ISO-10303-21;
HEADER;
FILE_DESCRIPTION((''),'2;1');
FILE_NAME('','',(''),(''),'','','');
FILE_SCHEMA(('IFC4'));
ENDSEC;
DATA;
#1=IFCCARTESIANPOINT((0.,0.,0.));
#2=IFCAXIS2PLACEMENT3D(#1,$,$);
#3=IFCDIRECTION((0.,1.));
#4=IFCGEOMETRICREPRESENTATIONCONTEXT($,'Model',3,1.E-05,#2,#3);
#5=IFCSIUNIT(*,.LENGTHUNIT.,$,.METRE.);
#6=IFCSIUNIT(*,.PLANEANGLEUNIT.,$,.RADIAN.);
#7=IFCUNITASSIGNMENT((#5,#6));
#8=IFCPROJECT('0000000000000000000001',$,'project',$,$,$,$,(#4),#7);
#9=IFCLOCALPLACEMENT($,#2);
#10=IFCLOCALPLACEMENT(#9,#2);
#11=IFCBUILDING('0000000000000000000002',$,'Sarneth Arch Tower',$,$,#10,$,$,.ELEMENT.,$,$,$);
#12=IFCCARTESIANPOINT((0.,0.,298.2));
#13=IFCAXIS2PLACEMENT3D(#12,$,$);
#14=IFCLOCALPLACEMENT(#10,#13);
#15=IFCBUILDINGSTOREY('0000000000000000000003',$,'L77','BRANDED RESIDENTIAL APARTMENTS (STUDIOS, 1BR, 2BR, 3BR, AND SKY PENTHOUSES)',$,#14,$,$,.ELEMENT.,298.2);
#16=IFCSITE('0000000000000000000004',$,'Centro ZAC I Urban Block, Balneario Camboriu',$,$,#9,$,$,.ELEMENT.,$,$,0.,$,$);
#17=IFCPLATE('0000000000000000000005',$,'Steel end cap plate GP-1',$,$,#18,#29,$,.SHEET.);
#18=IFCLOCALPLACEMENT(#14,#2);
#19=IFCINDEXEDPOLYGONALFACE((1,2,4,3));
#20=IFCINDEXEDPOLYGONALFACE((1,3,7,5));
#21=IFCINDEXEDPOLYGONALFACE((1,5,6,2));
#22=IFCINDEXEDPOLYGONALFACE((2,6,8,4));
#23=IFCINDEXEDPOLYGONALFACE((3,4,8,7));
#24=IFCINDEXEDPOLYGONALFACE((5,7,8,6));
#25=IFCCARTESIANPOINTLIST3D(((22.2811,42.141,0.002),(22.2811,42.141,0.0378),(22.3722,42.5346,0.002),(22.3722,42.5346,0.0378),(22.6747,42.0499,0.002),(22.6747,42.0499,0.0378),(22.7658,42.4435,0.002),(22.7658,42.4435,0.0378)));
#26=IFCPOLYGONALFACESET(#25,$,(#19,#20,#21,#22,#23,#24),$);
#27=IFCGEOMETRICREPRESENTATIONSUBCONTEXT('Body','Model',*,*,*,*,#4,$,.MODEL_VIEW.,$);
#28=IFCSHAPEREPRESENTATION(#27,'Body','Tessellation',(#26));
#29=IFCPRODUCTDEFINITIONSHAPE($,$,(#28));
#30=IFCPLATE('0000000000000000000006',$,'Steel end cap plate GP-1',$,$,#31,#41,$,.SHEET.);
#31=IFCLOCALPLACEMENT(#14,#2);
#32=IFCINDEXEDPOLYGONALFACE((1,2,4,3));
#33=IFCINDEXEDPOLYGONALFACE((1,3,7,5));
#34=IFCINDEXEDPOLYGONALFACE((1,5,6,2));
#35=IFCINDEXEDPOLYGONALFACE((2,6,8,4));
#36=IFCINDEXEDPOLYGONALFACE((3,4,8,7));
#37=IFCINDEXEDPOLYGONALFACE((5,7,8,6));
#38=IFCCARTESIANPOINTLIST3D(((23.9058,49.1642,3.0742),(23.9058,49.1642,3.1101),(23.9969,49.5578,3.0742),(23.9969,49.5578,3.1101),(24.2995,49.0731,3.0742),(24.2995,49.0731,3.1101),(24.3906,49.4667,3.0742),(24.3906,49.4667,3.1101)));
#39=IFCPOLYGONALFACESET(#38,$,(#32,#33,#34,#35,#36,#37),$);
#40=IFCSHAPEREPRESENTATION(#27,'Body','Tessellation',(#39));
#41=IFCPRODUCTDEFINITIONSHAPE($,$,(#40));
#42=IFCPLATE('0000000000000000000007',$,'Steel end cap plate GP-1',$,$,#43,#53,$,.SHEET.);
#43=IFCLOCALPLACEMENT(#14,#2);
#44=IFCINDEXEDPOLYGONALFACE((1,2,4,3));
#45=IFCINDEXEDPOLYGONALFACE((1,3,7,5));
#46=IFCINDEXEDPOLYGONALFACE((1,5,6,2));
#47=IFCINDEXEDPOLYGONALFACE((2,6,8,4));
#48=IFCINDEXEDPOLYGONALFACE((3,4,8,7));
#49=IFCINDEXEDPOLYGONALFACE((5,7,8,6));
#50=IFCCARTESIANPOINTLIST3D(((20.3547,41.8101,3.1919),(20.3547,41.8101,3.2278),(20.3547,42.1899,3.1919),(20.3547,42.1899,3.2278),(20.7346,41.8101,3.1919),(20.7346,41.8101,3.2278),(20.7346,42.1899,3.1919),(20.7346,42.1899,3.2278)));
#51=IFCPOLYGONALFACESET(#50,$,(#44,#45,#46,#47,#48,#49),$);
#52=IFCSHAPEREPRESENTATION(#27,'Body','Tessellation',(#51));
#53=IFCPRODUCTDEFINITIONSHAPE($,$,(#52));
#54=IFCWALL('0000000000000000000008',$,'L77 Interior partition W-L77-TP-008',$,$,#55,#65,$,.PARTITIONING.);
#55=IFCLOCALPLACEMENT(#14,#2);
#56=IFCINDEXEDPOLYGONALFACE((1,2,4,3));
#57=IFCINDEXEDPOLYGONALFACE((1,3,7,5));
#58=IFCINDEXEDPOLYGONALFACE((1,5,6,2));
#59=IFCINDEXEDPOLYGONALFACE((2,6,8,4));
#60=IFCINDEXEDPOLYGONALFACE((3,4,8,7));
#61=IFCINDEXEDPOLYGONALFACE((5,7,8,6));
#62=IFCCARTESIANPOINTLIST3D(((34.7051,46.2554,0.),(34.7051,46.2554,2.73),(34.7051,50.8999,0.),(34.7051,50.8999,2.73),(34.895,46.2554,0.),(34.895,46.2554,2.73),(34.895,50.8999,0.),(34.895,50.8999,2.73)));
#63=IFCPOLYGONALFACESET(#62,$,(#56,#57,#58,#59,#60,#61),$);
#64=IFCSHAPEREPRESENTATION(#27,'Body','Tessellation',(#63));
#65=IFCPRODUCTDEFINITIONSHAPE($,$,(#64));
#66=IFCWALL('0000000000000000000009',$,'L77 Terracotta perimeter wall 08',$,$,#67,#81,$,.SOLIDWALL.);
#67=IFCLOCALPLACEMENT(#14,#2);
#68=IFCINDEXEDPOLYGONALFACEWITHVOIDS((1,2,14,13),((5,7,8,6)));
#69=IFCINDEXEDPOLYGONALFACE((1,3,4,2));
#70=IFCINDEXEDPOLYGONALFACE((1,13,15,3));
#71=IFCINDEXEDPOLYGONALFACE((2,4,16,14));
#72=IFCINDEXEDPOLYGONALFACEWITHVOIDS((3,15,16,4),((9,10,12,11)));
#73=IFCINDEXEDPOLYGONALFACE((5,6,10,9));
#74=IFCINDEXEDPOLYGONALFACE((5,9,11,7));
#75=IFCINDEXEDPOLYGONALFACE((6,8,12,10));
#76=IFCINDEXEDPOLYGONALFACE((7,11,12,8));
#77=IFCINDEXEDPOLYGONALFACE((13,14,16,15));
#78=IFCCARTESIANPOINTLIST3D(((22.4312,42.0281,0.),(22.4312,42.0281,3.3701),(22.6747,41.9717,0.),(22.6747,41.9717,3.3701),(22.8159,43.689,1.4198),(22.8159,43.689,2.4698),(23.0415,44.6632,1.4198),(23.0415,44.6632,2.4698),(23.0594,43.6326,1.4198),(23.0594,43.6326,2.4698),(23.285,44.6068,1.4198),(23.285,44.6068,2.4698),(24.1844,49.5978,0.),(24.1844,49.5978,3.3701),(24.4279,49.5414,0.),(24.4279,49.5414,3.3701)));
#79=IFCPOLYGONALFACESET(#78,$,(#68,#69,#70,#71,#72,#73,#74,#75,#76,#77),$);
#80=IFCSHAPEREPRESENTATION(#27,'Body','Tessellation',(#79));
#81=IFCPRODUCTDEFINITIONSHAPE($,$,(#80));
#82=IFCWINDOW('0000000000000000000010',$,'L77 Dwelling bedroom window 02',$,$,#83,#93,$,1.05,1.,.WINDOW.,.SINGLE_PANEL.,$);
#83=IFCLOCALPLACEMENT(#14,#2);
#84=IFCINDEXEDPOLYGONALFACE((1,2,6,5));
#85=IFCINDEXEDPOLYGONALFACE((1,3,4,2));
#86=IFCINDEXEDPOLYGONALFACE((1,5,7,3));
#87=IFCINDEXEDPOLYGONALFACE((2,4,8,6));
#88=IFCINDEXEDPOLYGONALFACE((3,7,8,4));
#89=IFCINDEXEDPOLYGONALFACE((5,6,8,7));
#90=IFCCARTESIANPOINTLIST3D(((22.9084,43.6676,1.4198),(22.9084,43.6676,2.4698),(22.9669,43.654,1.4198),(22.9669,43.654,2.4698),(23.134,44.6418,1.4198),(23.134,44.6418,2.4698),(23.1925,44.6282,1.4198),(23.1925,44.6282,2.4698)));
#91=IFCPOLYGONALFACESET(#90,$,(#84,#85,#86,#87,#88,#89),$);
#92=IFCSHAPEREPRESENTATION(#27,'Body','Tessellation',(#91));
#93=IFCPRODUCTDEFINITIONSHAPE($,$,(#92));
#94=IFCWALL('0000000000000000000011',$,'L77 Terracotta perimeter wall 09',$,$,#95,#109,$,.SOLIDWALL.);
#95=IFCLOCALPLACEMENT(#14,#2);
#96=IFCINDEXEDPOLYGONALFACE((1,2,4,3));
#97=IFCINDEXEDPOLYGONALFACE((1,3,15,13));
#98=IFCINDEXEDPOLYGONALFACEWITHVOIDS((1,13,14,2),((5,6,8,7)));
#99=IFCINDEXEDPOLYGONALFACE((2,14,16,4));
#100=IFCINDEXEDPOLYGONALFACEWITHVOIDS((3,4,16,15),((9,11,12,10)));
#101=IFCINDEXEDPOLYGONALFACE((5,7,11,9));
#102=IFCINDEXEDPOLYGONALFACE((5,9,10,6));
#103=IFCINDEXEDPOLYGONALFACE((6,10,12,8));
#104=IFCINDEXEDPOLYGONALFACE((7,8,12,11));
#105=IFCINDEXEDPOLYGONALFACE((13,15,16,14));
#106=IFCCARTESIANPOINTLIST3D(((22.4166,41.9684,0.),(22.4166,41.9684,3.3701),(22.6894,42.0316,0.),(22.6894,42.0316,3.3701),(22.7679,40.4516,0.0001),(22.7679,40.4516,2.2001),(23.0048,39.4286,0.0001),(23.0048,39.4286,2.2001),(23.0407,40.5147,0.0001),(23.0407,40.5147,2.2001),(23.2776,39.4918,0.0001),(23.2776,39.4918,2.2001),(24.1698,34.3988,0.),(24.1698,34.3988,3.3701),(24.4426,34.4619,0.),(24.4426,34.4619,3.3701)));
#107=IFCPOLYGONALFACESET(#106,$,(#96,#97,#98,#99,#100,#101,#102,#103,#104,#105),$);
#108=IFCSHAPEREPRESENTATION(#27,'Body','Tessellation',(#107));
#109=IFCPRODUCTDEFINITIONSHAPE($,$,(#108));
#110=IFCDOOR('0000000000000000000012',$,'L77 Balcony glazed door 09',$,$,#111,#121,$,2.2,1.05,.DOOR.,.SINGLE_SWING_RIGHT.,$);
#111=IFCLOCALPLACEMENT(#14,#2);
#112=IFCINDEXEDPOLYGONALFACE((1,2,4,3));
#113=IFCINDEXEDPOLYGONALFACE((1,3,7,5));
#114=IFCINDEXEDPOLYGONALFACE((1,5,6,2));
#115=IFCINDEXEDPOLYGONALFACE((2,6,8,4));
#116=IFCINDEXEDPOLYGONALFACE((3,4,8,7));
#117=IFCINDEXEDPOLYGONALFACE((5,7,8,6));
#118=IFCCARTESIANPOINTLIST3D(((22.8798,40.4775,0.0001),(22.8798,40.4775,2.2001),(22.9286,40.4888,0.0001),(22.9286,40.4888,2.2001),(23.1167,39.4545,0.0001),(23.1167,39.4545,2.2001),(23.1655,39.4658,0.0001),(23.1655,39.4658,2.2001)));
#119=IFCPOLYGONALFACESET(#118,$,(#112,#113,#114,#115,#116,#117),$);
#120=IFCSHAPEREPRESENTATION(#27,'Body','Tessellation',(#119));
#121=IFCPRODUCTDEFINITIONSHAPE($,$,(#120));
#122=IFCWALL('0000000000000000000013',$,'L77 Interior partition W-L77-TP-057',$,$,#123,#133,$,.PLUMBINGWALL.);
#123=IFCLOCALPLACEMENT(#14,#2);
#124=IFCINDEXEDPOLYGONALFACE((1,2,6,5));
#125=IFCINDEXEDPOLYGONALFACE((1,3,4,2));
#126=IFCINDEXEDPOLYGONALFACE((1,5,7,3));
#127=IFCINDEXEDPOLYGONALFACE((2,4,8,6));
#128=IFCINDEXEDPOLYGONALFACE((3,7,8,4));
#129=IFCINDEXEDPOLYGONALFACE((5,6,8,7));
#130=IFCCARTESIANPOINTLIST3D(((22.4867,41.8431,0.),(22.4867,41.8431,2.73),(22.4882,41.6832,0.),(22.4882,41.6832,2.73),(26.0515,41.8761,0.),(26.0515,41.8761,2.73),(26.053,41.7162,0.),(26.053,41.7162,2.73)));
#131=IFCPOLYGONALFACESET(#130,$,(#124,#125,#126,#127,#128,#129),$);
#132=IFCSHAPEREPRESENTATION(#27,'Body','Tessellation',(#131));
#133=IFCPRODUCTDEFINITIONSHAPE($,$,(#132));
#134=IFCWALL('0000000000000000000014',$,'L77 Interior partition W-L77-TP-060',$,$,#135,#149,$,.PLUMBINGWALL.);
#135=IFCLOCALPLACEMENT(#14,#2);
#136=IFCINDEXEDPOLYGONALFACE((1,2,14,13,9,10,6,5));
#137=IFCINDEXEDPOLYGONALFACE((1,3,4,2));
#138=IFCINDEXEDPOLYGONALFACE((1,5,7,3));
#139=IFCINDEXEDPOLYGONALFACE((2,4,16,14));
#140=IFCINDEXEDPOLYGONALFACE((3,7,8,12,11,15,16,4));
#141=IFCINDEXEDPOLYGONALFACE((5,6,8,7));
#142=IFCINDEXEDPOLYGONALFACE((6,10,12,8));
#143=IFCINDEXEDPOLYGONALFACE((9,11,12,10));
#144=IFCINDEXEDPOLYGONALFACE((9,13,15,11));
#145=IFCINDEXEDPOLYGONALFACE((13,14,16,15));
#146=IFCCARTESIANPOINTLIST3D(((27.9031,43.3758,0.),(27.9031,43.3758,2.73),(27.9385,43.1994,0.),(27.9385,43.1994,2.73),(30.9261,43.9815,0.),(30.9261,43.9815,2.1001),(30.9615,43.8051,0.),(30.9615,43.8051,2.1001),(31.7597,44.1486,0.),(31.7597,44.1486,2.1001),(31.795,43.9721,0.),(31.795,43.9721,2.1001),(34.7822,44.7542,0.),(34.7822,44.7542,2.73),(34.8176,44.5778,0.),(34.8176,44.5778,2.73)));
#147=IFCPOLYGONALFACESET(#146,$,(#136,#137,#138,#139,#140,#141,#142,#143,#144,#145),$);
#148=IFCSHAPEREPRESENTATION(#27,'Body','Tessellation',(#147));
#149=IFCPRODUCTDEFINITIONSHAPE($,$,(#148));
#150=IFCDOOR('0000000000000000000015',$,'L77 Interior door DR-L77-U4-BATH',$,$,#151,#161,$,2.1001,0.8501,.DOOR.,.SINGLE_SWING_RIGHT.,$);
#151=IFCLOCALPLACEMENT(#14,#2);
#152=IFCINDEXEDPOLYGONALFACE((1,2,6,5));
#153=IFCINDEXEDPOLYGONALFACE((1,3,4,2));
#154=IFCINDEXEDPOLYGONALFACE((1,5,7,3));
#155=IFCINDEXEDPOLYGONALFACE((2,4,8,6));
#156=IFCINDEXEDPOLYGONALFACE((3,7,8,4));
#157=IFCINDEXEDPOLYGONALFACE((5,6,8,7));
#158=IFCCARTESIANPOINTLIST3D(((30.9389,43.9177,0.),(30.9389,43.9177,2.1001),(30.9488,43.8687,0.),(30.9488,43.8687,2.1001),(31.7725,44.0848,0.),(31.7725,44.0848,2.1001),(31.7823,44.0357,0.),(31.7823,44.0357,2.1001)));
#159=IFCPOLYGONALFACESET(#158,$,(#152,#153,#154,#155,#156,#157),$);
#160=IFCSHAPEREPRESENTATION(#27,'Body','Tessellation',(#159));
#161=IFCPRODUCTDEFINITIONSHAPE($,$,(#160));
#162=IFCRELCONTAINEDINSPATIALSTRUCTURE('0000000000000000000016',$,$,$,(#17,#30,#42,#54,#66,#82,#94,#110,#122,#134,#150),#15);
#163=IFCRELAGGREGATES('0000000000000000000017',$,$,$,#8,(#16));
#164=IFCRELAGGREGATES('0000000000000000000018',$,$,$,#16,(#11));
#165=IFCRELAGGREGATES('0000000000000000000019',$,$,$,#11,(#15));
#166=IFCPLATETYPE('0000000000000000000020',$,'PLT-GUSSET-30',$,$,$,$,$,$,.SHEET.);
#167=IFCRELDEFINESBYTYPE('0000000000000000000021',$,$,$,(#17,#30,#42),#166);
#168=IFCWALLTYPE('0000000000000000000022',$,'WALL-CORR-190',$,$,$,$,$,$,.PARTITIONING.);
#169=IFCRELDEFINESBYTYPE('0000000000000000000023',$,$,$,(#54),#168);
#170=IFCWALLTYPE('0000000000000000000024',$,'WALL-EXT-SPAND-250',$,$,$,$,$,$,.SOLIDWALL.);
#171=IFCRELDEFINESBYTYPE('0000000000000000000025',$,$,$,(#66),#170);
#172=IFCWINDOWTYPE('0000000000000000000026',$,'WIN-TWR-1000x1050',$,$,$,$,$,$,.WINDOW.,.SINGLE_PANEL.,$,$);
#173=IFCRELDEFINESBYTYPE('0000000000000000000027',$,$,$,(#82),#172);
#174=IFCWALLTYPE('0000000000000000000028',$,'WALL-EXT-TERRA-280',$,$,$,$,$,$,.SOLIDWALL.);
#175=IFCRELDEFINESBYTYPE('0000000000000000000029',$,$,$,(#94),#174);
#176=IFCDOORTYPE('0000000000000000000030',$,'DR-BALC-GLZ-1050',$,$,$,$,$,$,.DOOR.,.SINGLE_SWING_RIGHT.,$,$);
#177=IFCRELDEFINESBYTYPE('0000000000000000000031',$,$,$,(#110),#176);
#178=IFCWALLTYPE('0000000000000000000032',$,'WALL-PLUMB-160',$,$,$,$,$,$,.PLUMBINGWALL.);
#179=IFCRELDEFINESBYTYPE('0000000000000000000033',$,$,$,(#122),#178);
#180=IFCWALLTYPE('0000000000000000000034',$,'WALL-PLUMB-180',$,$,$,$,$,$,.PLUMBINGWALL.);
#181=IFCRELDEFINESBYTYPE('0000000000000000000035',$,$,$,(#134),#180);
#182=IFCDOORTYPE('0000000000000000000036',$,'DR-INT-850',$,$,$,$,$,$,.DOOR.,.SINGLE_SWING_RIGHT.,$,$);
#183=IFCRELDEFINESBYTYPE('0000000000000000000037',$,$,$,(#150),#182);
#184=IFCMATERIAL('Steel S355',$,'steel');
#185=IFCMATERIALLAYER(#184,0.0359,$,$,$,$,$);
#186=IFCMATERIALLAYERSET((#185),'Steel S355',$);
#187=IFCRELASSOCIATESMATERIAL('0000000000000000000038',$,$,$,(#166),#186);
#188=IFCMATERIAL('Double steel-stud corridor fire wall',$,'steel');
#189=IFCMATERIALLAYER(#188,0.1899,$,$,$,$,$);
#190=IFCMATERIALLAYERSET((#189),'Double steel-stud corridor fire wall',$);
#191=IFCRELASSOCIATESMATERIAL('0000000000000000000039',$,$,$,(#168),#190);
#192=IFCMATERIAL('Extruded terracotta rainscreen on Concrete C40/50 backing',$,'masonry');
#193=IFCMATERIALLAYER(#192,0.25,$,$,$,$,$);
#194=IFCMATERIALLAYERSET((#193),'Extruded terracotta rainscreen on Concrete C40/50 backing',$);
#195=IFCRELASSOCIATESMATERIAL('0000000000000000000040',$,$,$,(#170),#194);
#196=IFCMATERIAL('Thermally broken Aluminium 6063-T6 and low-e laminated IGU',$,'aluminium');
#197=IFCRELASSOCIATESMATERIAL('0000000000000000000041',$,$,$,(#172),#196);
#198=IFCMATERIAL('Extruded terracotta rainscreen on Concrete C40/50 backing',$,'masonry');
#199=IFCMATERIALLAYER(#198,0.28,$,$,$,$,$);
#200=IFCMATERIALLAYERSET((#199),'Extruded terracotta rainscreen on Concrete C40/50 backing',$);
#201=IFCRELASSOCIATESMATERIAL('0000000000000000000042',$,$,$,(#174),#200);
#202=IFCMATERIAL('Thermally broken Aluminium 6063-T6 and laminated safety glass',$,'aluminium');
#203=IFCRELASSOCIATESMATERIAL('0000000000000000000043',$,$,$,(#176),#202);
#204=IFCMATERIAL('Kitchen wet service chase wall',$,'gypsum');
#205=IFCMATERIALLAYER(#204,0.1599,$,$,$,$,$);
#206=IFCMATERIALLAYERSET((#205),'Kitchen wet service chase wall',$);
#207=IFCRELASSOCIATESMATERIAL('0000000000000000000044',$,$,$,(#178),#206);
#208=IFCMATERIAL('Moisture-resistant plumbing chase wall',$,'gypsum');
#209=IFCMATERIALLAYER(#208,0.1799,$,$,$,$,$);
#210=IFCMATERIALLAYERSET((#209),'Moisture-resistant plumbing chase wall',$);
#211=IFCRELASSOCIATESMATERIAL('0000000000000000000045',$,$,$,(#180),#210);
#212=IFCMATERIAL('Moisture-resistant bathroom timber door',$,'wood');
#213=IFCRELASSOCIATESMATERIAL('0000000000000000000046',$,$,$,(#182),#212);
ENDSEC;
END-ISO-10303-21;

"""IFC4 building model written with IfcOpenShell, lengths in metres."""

from ifc_helpers import new_model, si_unit, direction, frame, frame_2d, origin, origin_2d, place, context, subcontext, project, spatial, rectangle, extrude, material, layer, layer_set, type_object, element, fill, save


model = new_model("IFC4")

# Units and contexts
model_context = context("Model", 3, precision=1e-05, world=origin(), true_north=direction((0.0, 1.0)))
body_context = subcontext(model_context, "Body", "Model", "MODEL_VIEW")
ifc_project = project(units=[si_unit("LENGTHUNIT", "METRE"), si_unit("PLANEANGLEUNIT", "RADIAN")], contexts=[model_context])

# Site, building, storey
site_placement = place(None, origin())
site = spatial("IfcSite", under=ifc_project, at=site_placement, Name="Centro ZAC I Urban Block, Balneario Camboriu", CompositionType="ELEMENT", RefElevation=0.0)
building_placement = place(site_placement, origin())
building = spatial("IfcBuilding", under=site, at=building_placement, Name="Sarneth Arch Tower", CompositionType="ELEMENT")
storey_placement = place(building_placement, frame((0.0, 0.0, 298.2)))
storey = spatial("IfcBuildingStorey", under=building, at=storey_placement, Name="L77", Description="BRANDED RESIDENTIAL APARTMENTS (STUDIOS, 1BR, 2BR, 3BR, AND SKY PENTHOUSES)", CompositionType="ELEMENT", Elevation=298.2)

# Plates
ifc_material_1 = material(Name="Steel S355", Category="steel")
ifc_layer_1 = layer(ifc_material_1, 0.0359)
ifc_layer_set_1 = layer_set([ifc_layer_1], Name="Steel S355")
plate_type = type_object("IfcPlateType", Name="PLT-GUSSET-30", PredefinedType="SHEET", material=ifc_layer_set_1)
for number, where, z_axis, x_axis, name in (
    (1, (22.5234, 42.2922, 0.002), (0.0, 0.0, 1.0), (-0.225461, -0.974252, 0.0), "Steel end cap plate GP-1"),
    (2, (24.1482, 49.3154, 3.0742), (0.0, 0.0, 1.0), (-0.225461, -0.974252, 0.0), "Steel end cap plate GP-1"),
):
    element("IfcPlate", number, at=place(storey_placement, frame(where, z_axis=z_axis, x_axis=x_axis)), inside=storey, type_object=plate_type, Name=name, PredefinedType="SHEET", context=body_context, shape_type="SweptSolid", body=[
        extrude(rectangle(XDim=0.4041, YDim=0.4041, at=origin_2d()), origin(), (0.0, 0.0, 1.0), 0.0359),
    ])
plate_placement = place(storey_placement, frame((20.5447, 42.0, 3.1919), z_axis=(0.0, 0.0, 1.0), x_axis=(-1.0, 0.0, 0.0)))
element("IfcPlate", 3, at=plate_placement, inside=storey, type_object=plate_type, Name="Steel end cap plate GP-1", PredefinedType="SHEET", context=body_context, shape_type="SweptSolid", body=[
    extrude(rectangle(XDim=0.3799, YDim=0.3799, at=origin_2d()), origin(), (0.0, 0.0, 1.0), 0.0359),
])

# Wall
ifc_material_2 = material(Name="Double steel-stud corridor fire wall", Category="steel")
ifc_layer_2 = layer(ifc_material_2, 0.1899)
ifc_layer_set_2 = layer_set([ifc_layer_2], Name="Double steel-stud corridor fire wall")
wall_type_1 = type_object("IfcWallType", Name="WALL-CORR-190", PredefinedType="PARTITIONING", material=ifc_layer_set_2)
wall_1_placement = place(storey_placement, frame((34.8, 46.2554, 0.0), z_axis=(0.0, 0.0, 1.0), x_axis=(0.0, 1.0, 0.0)))
element("IfcWall", 4, at=wall_1_placement, inside=storey, type_object=wall_type_1, Name="L77 Interior partition W-L77-TP-008", PredefinedType="PARTITIONING", context=body_context, shape_type="SweptSolid", body=[
    extrude(rectangle(XDim=4.6445, YDim=0.1899, at=frame_2d((2.3223, 0.0))), origin(), (0.0, 0.0, 1.0), 2.73),
])

# Wall, opening, window
ifc_material_3 = material(Name="Extruded terracotta rainscreen on Concrete C40/50 backing", Category="masonry")
ifc_layer_3 = layer(ifc_material_3, 0.25)
ifc_layer_set_3 = layer_set([ifc_layer_3], Name="Extruded terracotta rainscreen on Concrete C40/50 backing")
wall_type_2 = type_object("IfcWallType", Name="WALL-EXT-SPAND-250", PredefinedType="SOLIDWALL", material=ifc_layer_set_3)
wall_2_placement = place(storey_placement, frame((24.3062, 49.5696, 0.0), z_axis=(0.0, 0.0, 1.0), x_axis=(-0.225635, -0.974212, 0.0)))
wall_2 = element("IfcWall", 5, at=wall_2_placement, inside=storey, type_object=wall_type_2, Name="L77 Terracotta perimeter wall 08", PredefinedType="SOLIDWALL", context=body_context, shape_type="SweptSolid", body=[
    extrude(rectangle(XDim=7.77, YDim=0.25, at=frame_2d((3.885, 0.0))), origin(), (0.0, 0.0, 1.0), 3.3701),
])
opening_1_placement = place(wall_2_placement, frame((5.0652, 0.0, 1.4199)))
opening_1 = element("IfcOpeningElement", 6, at=opening_1_placement, cuts=wall_2, PredefinedType="OPENING", context=body_context, shape_type="SweptSolid", body=[
    extrude(rectangle(XDim=1.0, YDim=1.05, at=frame_2d((0.5, 0.5249))), frame((0.0, 0.135, 0.0), z_axis=(0.0, -1.0, 0.0), x_axis=(1.0, 0.0, 0.0)), (0.0, 0.0, 1.0), 0.27),
])
ifc_material_4 = material(Name="Thermally broken Aluminium 6063-T6 and low-e laminated IGU", Category="aluminium")
window_type = type_object("IfcWindowType", Name="WIN-TWR-1000x1050", PartitioningType="SINGLE_PANEL", PredefinedType="WINDOW", material=ifc_material_4)
window_placement = place(opening_1_placement, origin())
window = element("IfcWindow", 7, at=window_placement, inside=storey, type_object=window_type, Name="L77 Dwelling bedroom window 02", OverallHeight=1.05, OverallWidth=1.0, PartitioningType="SINGLE_PANEL", PredefinedType="WINDOW", context=body_context, shape_type="SweptSolid", body=[
    extrude(rectangle(XDim=1.0, YDim=1.05, at=frame_2d((0.5, 0.5249))), frame((0.0, 0.03, 0.0), z_axis=(0.0, -1.0, 0.0), x_axis=(1.0, 0.0, 0.0)), (0.0, 0.0, 1.0), 0.0601),
])
fill(opening_1, window)

# Wall, opening, door
ifc_material_5 = material(Name="Extruded terracotta rainscreen on Concrete C40/50 backing", Category="masonry")
ifc_layer_4 = layer(ifc_material_5, 0.28)
ifc_layer_set_4 = layer_set([ifc_layer_4], Name="Extruded terracotta rainscreen on Concrete C40/50 backing")
wall_type_3 = type_object("IfcWallType", Name="WALL-EXT-TERRA-280", PredefinedType="SOLIDWALL", material=ifc_layer_set_4)
wall_3_placement = place(storey_placement, frame((22.553, 42.0, 0.0), z_axis=(0.0, 0.0, 1.0), x_axis=(0.225635, -0.974212, 0.0)))
wall_3 = element("IfcWall", 8, at=wall_3_placement, inside=storey, type_object=wall_type_3, Name="L77 Terracotta perimeter wall 09", PredefinedType="SOLIDWALL", context=body_context, shape_type="SweptSolid", body=[
    extrude(rectangle(XDim=7.77, YDim=0.28, at=frame_2d((3.885, 0.0))), origin(), (0.0, 0.0, 1.0), 3.3701),
])
opening_2_placement = place(wall_3_placement, frame((1.5571, 0.0, 0.0)))
opening_2 = element("IfcOpeningElement", 9, at=opening_2_placement, cuts=wall_3, PredefinedType="OPENING", context=body_context, shape_type="SweptSolid", body=[
    extrude(rectangle(XDim=1.05, YDim=2.2, at=frame_2d((0.5249, 1.1001))), frame((0.0, 0.1499, 0.0), z_axis=(0.0, -1.0, 0.0), x_axis=(1.0, 0.0, 0.0)), (0.0, 0.0, 1.0), 0.3),
])
ifc_material_6 = material(Name="Thermally broken Aluminium 6063-T6 and laminated safety glass", Category="aluminium")
door_type_1 = type_object("IfcDoorType", Name="DR-BALC-GLZ-1050", OperationType="SINGLE_SWING_RIGHT", PredefinedType="DOOR", material=ifc_material_6)
door_1_placement = place(opening_2_placement, origin())
door_1 = element("IfcDoor", 10, at=door_1_placement, inside=storey, type_object=door_type_1, Name="L77 Balcony glazed door 09", OperationType="SINGLE_SWING_RIGHT", OverallHeight=2.2, OverallWidth=1.05, PredefinedType="DOOR", context=body_context, shape_type="SweptSolid", body=[
    extrude(rectangle(XDim=1.05, YDim=2.2, at=frame_2d((0.5249, 1.1001))), frame((0.0, 0.0249, 0.0), z_axis=(0.0, -1.0, 0.0), x_axis=(1.0, 0.0, 0.0)), (0.0, 0.0, 1.0), 0.05),
])
fill(opening_2, door_1)

# Wall
ifc_material_7 = material(Name="Kitchen wet service chase wall", Category="gypsum")
ifc_layer_5 = layer(ifc_material_7, 0.1599)
ifc_layer_set_5 = layer_set([ifc_layer_5], Name="Kitchen wet service chase wall")
wall_type_4 = type_object("IfcWallType", Name="WALL-PLUMB-160", PredefinedType="PLUMBINGWALL", material=ifc_layer_set_5)
wall_4_placement = place(storey_placement, frame((26.0522, 41.7961, 0.0), z_axis=(0.0, 0.0, 1.0), x_axis=(-0.999957, -0.009246, 0.0)))
element("IfcWall", 11, at=wall_4_placement, inside=storey, type_object=wall_type_4, Name="L77 Interior partition W-L77-TP-057", PredefinedType="PLUMBINGWALL", context=body_context, shape_type="SweptSolid", body=[
    extrude(rectangle(XDim=3.5649, YDim=0.1599, at=frame_2d((1.7825, 0.0))), origin(), (0.0, 0.0, 1.0), 2.73),
])

# Wall, opening, door
ifc_material_8 = material(Name="Moisture-resistant plumbing chase wall", Category="gypsum")
ifc_layer_6 = layer(ifc_material_8, 0.1799)
ifc_layer_set_6 = layer_set([ifc_layer_6], Name="Moisture-resistant plumbing chase wall")
wall_type_5 = type_object("IfcWallType", Name="WALL-PLUMB-180", PredefinedType="PLUMBINGWALL", material=ifc_layer_set_6)
wall_5_placement = place(storey_placement, frame((27.9209, 43.2876, 0.0), z_axis=(0.0, 0.0, 1.0), x_axis=(0.98051, 0.196471, 0.0)))
wall_5 = element("IfcWall", 12, at=wall_5_placement, inside=storey, type_object=wall_type_5, Name="L77 Interior partition W-L77-TP-060", PredefinedType="PLUMBINGWALL", context=body_context, shape_type="SweptSolid", body=[
    extrude(rectangle(XDim=7.0159, YDim=0.1799, at=frame_2d((3.5078, 0.0))), origin(), (0.0, 0.0, 1.0), 2.73),
])
opening_3_placement = place(wall_5_placement, frame((3.083, 0.0, 0.0)))
opening_3 = element("IfcOpeningElement", 13, at=opening_3_placement, cuts=wall_5, PredefinedType="OPENING", context=body_context, shape_type="SweptSolid", body=[
    extrude(rectangle(XDim=0.8501, YDim=2.1001, at=frame_2d((0.425, 1.05))), frame((0.0, 0.0999, 0.0), z_axis=(0.0, -1.0, 0.0), x_axis=(1.0, 0.0, 0.0)), (0.0, 0.0, 1.0), 0.2),
])
ifc_material_9 = material(Name="Moisture-resistant bathroom timber door", Category="wood")
door_type_2 = type_object("IfcDoorType", Name="DR-INT-850", OperationType="SINGLE_SWING_RIGHT", PredefinedType="DOOR", material=ifc_material_9)
door_2_placement = place(opening_3_placement, origin())
door_2 = element("IfcDoor", 14, at=door_2_placement, inside=storey, type_object=door_type_2, Name="L77 Interior door DR-L77-U4-BATH", OperationType="SINGLE_SWING_RIGHT", OverallHeight=2.1001, OverallWidth=0.8501, PredefinedType="DOOR", context=body_context, shape_type="SweptSolid", body=[
    extrude(rectangle(XDim=0.8501, YDim=2.1001, at=frame_2d((0.425, 1.05))), frame((0.0, 0.0249, 0.0), z_axis=(0.0, -1.0, 0.0), x_axis=(1.0, 0.0, 0.0)), (0.0, 0.0, 1.0), 0.05),
])
fill(opening_3, door_2)

save(model, "model.ifc")
